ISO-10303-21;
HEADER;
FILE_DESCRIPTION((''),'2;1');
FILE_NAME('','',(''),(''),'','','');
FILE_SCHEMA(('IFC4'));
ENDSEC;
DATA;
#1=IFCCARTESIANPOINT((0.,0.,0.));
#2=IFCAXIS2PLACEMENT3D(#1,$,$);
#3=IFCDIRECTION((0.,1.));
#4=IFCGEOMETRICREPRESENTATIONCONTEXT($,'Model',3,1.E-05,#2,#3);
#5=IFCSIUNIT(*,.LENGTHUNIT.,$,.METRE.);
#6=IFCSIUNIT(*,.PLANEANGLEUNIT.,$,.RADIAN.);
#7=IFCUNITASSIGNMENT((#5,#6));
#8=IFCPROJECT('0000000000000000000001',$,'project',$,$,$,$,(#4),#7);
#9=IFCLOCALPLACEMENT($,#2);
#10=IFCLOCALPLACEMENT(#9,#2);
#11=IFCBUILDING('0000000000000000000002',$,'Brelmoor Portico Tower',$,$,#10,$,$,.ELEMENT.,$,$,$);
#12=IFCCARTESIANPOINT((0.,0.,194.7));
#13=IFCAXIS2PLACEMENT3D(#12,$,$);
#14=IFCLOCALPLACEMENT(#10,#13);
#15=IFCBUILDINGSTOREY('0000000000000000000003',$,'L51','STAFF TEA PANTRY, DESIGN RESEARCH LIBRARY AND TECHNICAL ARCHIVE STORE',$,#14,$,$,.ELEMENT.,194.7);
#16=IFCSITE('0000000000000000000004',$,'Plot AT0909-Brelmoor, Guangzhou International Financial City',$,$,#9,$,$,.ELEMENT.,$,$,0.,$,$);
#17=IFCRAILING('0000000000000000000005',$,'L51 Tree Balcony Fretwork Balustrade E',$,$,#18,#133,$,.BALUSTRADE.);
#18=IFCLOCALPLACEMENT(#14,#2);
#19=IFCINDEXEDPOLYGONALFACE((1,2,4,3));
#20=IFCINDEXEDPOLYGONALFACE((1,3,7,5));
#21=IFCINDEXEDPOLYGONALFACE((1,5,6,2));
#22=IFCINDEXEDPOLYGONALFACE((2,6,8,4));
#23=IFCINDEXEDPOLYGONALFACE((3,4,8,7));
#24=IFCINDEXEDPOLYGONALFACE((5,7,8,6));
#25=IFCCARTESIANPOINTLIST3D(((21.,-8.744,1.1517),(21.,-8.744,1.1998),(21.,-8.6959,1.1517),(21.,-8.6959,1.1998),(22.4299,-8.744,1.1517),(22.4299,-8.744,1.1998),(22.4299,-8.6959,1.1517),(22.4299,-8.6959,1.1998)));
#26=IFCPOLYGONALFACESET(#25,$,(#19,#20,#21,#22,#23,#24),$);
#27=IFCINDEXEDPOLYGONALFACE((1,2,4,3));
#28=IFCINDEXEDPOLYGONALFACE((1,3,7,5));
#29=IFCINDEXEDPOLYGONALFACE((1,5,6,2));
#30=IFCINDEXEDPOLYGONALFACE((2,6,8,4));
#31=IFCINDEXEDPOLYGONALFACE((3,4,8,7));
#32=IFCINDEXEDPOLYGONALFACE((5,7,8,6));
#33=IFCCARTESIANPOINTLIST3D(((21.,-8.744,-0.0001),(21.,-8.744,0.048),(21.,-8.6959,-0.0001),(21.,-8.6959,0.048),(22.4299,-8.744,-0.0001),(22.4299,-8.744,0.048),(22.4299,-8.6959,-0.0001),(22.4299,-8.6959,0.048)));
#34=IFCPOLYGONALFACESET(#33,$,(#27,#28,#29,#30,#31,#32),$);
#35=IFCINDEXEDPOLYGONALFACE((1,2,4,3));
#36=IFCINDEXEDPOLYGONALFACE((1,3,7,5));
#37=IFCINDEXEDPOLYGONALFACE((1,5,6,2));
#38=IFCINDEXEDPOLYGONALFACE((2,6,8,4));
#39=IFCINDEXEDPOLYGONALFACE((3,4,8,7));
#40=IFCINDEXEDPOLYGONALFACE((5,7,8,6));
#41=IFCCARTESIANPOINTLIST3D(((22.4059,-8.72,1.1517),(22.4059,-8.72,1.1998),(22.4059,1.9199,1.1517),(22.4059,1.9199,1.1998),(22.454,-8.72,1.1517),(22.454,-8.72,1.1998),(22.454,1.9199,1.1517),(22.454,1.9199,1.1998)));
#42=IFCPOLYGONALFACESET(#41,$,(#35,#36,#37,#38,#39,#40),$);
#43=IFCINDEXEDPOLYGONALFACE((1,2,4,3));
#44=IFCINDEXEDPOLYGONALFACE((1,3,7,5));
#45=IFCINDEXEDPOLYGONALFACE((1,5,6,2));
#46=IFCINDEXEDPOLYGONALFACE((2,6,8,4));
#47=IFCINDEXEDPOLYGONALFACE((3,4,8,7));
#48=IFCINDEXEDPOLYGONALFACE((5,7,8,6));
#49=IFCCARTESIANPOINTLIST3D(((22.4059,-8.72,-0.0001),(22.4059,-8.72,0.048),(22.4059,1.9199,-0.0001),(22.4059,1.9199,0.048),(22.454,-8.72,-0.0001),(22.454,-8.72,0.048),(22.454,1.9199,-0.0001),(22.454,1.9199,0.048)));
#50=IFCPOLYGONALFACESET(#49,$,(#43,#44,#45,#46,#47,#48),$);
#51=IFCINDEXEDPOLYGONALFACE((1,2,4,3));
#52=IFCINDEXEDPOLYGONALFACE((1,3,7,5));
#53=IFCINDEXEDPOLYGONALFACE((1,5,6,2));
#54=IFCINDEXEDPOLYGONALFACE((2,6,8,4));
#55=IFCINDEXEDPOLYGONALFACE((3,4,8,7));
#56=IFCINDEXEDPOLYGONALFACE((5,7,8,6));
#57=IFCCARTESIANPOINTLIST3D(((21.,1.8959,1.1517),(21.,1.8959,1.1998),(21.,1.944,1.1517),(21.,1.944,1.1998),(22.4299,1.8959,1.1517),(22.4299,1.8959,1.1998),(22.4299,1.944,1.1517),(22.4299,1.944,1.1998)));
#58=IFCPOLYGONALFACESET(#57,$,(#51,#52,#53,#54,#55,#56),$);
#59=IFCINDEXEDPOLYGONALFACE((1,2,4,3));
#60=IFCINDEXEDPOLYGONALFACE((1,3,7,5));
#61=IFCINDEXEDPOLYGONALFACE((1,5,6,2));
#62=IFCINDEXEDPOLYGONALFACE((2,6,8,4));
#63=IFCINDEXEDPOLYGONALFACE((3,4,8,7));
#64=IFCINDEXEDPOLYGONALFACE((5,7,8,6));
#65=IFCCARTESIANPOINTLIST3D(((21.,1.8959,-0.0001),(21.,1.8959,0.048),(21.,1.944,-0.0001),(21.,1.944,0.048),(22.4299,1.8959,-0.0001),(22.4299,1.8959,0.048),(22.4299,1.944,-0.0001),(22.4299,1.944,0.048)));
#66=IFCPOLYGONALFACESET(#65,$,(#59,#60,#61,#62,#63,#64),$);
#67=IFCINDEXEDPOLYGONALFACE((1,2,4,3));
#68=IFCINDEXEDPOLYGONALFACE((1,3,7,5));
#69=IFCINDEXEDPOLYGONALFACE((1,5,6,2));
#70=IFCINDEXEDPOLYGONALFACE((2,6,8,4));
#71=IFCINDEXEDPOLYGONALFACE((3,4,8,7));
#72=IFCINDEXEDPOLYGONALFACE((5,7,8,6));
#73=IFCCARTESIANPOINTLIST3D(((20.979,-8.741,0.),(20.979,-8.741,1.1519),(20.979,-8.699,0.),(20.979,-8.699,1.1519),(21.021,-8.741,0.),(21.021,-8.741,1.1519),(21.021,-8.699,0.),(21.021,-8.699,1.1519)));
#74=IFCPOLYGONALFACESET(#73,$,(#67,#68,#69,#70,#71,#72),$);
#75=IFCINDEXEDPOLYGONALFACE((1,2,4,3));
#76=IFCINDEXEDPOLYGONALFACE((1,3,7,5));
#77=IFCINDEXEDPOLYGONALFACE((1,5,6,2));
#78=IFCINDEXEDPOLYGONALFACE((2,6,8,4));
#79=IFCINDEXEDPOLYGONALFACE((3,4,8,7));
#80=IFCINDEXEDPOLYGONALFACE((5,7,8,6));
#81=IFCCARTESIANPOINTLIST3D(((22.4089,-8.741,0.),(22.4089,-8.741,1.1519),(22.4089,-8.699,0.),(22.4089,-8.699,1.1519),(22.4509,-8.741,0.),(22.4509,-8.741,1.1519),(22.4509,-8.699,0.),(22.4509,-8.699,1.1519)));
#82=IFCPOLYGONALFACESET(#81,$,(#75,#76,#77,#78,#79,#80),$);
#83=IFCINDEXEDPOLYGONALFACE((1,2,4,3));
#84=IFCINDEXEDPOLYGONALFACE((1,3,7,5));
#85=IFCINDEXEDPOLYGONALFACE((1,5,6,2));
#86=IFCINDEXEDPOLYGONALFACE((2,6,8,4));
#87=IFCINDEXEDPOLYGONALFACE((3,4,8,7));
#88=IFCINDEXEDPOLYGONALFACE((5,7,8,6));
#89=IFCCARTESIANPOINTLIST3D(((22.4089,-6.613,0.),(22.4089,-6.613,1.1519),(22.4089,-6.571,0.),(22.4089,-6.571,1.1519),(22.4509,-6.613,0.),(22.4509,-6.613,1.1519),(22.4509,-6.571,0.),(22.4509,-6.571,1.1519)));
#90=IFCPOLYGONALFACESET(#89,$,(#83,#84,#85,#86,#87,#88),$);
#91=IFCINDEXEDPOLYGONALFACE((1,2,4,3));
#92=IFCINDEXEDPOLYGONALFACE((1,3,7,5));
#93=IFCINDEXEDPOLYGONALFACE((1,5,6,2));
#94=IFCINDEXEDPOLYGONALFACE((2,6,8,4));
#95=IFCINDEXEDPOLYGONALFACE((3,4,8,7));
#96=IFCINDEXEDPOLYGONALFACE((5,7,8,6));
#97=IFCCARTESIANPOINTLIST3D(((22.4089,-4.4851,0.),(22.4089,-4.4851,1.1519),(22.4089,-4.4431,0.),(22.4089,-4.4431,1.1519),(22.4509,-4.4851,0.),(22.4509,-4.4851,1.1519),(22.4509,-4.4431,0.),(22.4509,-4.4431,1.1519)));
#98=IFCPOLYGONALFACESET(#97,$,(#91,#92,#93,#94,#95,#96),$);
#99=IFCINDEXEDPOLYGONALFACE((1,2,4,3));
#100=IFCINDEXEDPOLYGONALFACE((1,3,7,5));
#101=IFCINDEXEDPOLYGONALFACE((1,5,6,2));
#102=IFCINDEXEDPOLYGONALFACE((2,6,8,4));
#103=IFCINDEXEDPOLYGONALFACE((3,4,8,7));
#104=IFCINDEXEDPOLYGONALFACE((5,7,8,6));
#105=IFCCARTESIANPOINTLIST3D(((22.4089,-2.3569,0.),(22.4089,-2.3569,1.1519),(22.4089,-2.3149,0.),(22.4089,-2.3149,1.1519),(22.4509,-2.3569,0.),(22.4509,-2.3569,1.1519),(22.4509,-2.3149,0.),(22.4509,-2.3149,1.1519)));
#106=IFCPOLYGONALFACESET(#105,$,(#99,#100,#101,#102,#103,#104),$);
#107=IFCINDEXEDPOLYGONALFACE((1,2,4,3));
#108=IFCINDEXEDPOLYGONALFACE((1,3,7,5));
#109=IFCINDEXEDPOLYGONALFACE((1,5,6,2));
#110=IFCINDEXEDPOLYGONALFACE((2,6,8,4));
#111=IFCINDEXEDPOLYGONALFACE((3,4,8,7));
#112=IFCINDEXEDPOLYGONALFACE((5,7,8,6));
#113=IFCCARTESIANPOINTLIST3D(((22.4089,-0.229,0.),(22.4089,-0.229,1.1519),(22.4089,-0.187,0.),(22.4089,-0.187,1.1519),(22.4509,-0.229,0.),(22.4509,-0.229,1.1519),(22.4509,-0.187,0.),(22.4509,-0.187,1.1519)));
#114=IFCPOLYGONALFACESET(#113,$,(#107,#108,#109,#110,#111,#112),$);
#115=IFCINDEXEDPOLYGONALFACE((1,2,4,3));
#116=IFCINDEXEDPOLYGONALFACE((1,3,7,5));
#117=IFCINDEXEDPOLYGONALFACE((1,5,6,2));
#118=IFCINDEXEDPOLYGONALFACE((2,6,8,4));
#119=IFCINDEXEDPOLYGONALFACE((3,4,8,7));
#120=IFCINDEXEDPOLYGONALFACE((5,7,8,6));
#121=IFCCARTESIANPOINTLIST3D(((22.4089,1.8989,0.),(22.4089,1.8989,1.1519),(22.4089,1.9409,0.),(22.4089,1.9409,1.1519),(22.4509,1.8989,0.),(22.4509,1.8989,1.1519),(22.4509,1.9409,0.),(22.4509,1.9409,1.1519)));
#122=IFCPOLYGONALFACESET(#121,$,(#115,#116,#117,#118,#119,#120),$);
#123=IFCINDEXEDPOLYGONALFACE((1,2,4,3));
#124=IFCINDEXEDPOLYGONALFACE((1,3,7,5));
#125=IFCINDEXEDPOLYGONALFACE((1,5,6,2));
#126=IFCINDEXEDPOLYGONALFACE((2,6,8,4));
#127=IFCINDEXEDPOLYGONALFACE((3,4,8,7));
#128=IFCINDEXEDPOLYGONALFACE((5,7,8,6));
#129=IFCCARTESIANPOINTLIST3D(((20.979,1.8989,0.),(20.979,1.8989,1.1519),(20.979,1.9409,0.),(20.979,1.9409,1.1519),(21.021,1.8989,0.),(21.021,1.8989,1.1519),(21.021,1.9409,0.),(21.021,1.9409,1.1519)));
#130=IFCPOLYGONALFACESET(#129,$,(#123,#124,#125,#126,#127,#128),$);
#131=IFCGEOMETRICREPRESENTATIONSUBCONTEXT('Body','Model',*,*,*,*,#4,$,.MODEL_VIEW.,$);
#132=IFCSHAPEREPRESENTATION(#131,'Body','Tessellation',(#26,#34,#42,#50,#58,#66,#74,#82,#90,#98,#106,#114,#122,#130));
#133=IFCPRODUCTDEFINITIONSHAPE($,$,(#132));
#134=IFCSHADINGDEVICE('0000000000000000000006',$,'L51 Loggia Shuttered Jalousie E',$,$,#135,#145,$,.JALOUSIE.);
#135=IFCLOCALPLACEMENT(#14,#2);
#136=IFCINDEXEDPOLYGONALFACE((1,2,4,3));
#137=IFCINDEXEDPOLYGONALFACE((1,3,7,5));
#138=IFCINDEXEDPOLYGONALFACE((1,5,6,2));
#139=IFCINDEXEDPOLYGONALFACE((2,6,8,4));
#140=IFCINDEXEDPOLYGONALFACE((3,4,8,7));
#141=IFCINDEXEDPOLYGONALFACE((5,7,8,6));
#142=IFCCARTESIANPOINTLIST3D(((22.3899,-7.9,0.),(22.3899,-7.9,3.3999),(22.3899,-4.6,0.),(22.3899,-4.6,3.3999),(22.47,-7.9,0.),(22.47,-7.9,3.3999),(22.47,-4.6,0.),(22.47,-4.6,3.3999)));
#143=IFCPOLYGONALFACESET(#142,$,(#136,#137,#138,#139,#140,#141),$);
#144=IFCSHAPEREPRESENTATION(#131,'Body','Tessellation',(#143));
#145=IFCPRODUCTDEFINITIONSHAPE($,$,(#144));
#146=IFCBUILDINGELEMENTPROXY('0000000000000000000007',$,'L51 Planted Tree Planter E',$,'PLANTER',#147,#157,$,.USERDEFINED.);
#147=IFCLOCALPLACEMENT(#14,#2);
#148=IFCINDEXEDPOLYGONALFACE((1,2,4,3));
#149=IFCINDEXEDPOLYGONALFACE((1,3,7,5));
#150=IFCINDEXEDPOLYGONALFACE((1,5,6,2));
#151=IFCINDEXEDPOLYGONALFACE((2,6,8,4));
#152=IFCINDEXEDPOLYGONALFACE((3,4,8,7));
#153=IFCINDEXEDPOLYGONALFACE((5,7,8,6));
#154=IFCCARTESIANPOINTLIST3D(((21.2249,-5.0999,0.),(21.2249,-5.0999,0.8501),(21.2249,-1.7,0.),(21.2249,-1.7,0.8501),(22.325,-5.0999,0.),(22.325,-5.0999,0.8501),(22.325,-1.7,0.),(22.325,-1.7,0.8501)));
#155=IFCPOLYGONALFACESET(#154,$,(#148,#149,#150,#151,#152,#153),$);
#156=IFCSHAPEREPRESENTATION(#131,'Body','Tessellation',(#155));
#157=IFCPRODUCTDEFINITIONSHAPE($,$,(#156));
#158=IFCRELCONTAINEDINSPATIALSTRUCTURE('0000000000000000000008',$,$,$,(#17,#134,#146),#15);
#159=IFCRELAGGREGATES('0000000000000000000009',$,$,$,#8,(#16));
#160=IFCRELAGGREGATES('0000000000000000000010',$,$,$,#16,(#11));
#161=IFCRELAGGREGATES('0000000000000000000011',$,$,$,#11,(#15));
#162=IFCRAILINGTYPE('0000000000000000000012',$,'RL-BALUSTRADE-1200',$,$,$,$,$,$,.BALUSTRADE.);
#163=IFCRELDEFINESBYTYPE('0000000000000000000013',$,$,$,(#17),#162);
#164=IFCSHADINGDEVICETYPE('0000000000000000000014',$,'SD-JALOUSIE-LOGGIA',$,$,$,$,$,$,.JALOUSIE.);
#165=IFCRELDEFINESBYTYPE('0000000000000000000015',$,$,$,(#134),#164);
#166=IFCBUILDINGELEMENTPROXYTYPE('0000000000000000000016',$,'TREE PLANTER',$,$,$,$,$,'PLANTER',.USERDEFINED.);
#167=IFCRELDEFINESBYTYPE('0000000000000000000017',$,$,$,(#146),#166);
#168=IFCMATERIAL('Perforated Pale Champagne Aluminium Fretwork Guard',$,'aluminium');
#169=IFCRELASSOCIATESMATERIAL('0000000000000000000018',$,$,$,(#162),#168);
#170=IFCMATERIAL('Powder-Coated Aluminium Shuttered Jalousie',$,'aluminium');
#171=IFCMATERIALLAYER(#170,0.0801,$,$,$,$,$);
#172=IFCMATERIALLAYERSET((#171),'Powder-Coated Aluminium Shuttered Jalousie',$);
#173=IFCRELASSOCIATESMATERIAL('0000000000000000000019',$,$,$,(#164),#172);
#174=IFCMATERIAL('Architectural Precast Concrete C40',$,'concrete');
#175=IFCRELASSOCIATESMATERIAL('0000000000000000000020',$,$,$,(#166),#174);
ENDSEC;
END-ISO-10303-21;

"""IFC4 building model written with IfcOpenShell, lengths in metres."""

from ifc_helpers import new_model, si_unit, direction, frame, origin, origin_2d, place, context, subcontext, project, spatial, rectangle, extrude, material, layer, layer_set, type_object, element, save


model = new_model("IFC4")

# Units and contexts
model_context = context("Model", 3, precision=1e-05, world=origin(), true_north=direction((0.0, 1.0)))
body_context = subcontext(model_context, "Body", "Model", "MODEL_VIEW")
ifc_project = project(units=[si_unit("LENGTHUNIT", "METRE"), si_unit("PLANEANGLEUNIT", "RADIAN")], contexts=[model_context])

# Site, building, storey
site_placement = place(None, origin())
site = spatial("IfcSite", under=ifc_project, at=site_placement, Name="Plot AT0909-Brelmoor, Guangzhou International Financial City", CompositionType="ELEMENT", RefElevation=0.0)
building_placement = place(site_placement, origin())
building = spatial("IfcBuilding", under=site, at=building_placement, Name="Brelmoor Portico Tower", CompositionType="ELEMENT")
storey_placement = place(building_placement, frame((0.0, 0.0, 194.7)))
storey = spatial("IfcBuildingStorey", under=building, at=storey_placement, Name="L51", Description="STAFF TEA PANTRY, DESIGN RESEARCH LIBRARY AND TECHNICAL ARCHIVE STORE", CompositionType="ELEMENT", Elevation=194.7)

# Railing
ifc_material_1 = material(Name="Perforated Pale Champagne Aluminium Fretwork Guard", Category="aluminium")
railing_type = type_object("IfcRailingType", Name="RL-BALUSTRADE-1200", PredefinedType="BALUSTRADE", material=ifc_material_1)
railing_placement = place(storey_placement, frame((21.0, -8.72, 0.0)))
element("IfcRailing", 1, at=railing_placement, inside=storey, type_object=railing_type, Name="L51 Tree Balcony Fretwork Balustrade E", PredefinedType="BALUSTRADE", context=body_context, shape_type="SweptSolid", body=[
    extrude(rectangle(XDim=0.0481, YDim=0.0481, at=origin_2d()), frame((0.0, 0.0, 1.1758), z_axis=(1.0, 0.0, 0.0), x_axis=(0.0, 1.0, 0.0)), (0.0, 0.0, 1.0), 1.4299),
    extrude(rectangle(XDim=0.0481, YDim=0.0481, at=origin_2d()), frame((0.0, 0.0, 0.0239), z_axis=(1.0, 0.0, 0.0), x_axis=(0.0, 1.0, 0.0)), (0.0, 0.0, 1.0), 1.4299),
    extrude(rectangle(XDim=0.0481, YDim=0.0481, at=origin_2d()), frame((1.4299, 0.0, 1.1758), z_axis=(0.0, 1.0, 0.0), x_axis=(-1.0, 0.0, 0.0)), (0.0, 0.0, 1.0), 10.6399),
    extrude(rectangle(XDim=0.0481, YDim=0.0481, at=origin_2d()), frame((1.4299, 0.0, 0.0239), z_axis=(0.0, 1.0, 0.0), x_axis=(-1.0, 0.0, 0.0)), (0.0, 0.0, 1.0), 10.6399),
    extrude(rectangle(XDim=0.0481, YDim=0.0481, at=origin_2d()), frame((1.4299, 10.6399, 1.1758), z_axis=(-1.0, 0.0, 0.0), x_axis=(0.0, -1.0, 0.0)), (0.0, 0.0, 1.0), 1.4299),
    extrude(rectangle(XDim=0.0481, YDim=0.0481, at=origin_2d()), frame((1.4299, 10.6399, 0.0239), z_axis=(-1.0, 0.0, 0.0), x_axis=(0.0, -1.0, 0.0)), (0.0, 0.0, 1.0), 1.4299),
    extrude(rectangle(XDim=0.042, YDim=0.042, at=origin_2d()), origin(), (0.0, 0.0, 1.0), 1.1519),
    extrude(rectangle(XDim=0.042, YDim=0.042, at=origin_2d()), frame((1.4299, 0.0, 0.0)), (0.0, 0.0, 1.0), 1.1519),
    extrude(rectangle(XDim=0.042, YDim=0.042, at=origin_2d()), frame((1.4299, 2.1279, 0.0)), (0.0, 0.0, 1.0), 1.1519),
    extrude(rectangle(XDim=0.042, YDim=0.042, at=origin_2d()), frame((1.4299, 4.2559, 0.0)), (0.0, 0.0, 1.0), 1.1519),
    extrude(rectangle(XDim=0.042, YDim=0.042, at=origin_2d()), frame((1.4299, 6.384, 0.0)), (0.0, 0.0, 1.0), 1.1519),
    extrude(rectangle(XDim=0.042, YDim=0.042, at=origin_2d()), frame((1.4299, 8.512, 0.0)), (0.0, 0.0, 1.0), 1.1519),
    extrude(rectangle(XDim=0.042, YDim=0.042, at=origin_2d()), frame((1.4299, 10.6399, 0.0)), (0.0, 0.0, 1.0), 1.1519),
    extrude(rectangle(XDim=0.042, YDim=0.042, at=origin_2d()), frame((0.0, 10.6399, 0.0)), (0.0, 0.0, 1.0), 1.1519),
])

# Shading device
ifc_material_2 = material(Name="Powder-Coated Aluminium Shuttered Jalousie", Category="aluminium")
ifc_layer_1 = layer(ifc_material_2, 0.0801)
ifc_layer_set_1 = layer_set([ifc_layer_1], Name="Powder-Coated Aluminium Shuttered Jalousie")
shading_device_type = type_object("IfcShadingDeviceType", Name="SD-JALOUSIE-LOGGIA", PredefinedType="JALOUSIE", material=ifc_layer_set_1)
shading_device_placement = place(storey_placement, frame((22.4299, -6.25, 0.0), z_axis=(0.0, 0.0, 1.0), x_axis=(0.0, 1.0, 0.0)))
element("IfcShadingDevice", 2, at=shading_device_placement, inside=storey, type_object=shading_device_type, Name="L51 Loggia Shuttered Jalousie E", PredefinedType="JALOUSIE", context=body_context, shape_type="SweptSolid", body=[
    extrude(rectangle(XDim=3.3, YDim=0.0801, at=origin_2d()), origin(), (0.0, 0.0, 1.0), 3.3999),
])

# Building element proxy
ifc_material_3 = material(Name="Architectural Precast Concrete C40", Category="concrete")
building_element_proxy_type = type_object("IfcBuildingElementProxyType", Name="TREE PLANTER", ElementType="PLANTER", PredefinedType="USERDEFINED", material=ifc_material_3)
proxy_placement = place(storey_placement, frame((21.7749, -3.3999, 0.0), z_axis=(0.0, 0.0, 1.0), x_axis=(0.0, 1.0, 0.0)))
element("IfcBuildingElementProxy", 3, at=proxy_placement, inside=storey, type_object=building_element_proxy_type, Name="L51 Planted Tree Planter E", ObjectType="PLANTER", PredefinedType="USERDEFINED", context=body_context, shape_type="SweptSolid", body=[
    extrude(rectangle(XDim=3.3999, YDim=1.1001, at=origin_2d()), origin(), (0.0, 0.0, 1.0), 0.8501),
])

save(model, "model.ifc")
